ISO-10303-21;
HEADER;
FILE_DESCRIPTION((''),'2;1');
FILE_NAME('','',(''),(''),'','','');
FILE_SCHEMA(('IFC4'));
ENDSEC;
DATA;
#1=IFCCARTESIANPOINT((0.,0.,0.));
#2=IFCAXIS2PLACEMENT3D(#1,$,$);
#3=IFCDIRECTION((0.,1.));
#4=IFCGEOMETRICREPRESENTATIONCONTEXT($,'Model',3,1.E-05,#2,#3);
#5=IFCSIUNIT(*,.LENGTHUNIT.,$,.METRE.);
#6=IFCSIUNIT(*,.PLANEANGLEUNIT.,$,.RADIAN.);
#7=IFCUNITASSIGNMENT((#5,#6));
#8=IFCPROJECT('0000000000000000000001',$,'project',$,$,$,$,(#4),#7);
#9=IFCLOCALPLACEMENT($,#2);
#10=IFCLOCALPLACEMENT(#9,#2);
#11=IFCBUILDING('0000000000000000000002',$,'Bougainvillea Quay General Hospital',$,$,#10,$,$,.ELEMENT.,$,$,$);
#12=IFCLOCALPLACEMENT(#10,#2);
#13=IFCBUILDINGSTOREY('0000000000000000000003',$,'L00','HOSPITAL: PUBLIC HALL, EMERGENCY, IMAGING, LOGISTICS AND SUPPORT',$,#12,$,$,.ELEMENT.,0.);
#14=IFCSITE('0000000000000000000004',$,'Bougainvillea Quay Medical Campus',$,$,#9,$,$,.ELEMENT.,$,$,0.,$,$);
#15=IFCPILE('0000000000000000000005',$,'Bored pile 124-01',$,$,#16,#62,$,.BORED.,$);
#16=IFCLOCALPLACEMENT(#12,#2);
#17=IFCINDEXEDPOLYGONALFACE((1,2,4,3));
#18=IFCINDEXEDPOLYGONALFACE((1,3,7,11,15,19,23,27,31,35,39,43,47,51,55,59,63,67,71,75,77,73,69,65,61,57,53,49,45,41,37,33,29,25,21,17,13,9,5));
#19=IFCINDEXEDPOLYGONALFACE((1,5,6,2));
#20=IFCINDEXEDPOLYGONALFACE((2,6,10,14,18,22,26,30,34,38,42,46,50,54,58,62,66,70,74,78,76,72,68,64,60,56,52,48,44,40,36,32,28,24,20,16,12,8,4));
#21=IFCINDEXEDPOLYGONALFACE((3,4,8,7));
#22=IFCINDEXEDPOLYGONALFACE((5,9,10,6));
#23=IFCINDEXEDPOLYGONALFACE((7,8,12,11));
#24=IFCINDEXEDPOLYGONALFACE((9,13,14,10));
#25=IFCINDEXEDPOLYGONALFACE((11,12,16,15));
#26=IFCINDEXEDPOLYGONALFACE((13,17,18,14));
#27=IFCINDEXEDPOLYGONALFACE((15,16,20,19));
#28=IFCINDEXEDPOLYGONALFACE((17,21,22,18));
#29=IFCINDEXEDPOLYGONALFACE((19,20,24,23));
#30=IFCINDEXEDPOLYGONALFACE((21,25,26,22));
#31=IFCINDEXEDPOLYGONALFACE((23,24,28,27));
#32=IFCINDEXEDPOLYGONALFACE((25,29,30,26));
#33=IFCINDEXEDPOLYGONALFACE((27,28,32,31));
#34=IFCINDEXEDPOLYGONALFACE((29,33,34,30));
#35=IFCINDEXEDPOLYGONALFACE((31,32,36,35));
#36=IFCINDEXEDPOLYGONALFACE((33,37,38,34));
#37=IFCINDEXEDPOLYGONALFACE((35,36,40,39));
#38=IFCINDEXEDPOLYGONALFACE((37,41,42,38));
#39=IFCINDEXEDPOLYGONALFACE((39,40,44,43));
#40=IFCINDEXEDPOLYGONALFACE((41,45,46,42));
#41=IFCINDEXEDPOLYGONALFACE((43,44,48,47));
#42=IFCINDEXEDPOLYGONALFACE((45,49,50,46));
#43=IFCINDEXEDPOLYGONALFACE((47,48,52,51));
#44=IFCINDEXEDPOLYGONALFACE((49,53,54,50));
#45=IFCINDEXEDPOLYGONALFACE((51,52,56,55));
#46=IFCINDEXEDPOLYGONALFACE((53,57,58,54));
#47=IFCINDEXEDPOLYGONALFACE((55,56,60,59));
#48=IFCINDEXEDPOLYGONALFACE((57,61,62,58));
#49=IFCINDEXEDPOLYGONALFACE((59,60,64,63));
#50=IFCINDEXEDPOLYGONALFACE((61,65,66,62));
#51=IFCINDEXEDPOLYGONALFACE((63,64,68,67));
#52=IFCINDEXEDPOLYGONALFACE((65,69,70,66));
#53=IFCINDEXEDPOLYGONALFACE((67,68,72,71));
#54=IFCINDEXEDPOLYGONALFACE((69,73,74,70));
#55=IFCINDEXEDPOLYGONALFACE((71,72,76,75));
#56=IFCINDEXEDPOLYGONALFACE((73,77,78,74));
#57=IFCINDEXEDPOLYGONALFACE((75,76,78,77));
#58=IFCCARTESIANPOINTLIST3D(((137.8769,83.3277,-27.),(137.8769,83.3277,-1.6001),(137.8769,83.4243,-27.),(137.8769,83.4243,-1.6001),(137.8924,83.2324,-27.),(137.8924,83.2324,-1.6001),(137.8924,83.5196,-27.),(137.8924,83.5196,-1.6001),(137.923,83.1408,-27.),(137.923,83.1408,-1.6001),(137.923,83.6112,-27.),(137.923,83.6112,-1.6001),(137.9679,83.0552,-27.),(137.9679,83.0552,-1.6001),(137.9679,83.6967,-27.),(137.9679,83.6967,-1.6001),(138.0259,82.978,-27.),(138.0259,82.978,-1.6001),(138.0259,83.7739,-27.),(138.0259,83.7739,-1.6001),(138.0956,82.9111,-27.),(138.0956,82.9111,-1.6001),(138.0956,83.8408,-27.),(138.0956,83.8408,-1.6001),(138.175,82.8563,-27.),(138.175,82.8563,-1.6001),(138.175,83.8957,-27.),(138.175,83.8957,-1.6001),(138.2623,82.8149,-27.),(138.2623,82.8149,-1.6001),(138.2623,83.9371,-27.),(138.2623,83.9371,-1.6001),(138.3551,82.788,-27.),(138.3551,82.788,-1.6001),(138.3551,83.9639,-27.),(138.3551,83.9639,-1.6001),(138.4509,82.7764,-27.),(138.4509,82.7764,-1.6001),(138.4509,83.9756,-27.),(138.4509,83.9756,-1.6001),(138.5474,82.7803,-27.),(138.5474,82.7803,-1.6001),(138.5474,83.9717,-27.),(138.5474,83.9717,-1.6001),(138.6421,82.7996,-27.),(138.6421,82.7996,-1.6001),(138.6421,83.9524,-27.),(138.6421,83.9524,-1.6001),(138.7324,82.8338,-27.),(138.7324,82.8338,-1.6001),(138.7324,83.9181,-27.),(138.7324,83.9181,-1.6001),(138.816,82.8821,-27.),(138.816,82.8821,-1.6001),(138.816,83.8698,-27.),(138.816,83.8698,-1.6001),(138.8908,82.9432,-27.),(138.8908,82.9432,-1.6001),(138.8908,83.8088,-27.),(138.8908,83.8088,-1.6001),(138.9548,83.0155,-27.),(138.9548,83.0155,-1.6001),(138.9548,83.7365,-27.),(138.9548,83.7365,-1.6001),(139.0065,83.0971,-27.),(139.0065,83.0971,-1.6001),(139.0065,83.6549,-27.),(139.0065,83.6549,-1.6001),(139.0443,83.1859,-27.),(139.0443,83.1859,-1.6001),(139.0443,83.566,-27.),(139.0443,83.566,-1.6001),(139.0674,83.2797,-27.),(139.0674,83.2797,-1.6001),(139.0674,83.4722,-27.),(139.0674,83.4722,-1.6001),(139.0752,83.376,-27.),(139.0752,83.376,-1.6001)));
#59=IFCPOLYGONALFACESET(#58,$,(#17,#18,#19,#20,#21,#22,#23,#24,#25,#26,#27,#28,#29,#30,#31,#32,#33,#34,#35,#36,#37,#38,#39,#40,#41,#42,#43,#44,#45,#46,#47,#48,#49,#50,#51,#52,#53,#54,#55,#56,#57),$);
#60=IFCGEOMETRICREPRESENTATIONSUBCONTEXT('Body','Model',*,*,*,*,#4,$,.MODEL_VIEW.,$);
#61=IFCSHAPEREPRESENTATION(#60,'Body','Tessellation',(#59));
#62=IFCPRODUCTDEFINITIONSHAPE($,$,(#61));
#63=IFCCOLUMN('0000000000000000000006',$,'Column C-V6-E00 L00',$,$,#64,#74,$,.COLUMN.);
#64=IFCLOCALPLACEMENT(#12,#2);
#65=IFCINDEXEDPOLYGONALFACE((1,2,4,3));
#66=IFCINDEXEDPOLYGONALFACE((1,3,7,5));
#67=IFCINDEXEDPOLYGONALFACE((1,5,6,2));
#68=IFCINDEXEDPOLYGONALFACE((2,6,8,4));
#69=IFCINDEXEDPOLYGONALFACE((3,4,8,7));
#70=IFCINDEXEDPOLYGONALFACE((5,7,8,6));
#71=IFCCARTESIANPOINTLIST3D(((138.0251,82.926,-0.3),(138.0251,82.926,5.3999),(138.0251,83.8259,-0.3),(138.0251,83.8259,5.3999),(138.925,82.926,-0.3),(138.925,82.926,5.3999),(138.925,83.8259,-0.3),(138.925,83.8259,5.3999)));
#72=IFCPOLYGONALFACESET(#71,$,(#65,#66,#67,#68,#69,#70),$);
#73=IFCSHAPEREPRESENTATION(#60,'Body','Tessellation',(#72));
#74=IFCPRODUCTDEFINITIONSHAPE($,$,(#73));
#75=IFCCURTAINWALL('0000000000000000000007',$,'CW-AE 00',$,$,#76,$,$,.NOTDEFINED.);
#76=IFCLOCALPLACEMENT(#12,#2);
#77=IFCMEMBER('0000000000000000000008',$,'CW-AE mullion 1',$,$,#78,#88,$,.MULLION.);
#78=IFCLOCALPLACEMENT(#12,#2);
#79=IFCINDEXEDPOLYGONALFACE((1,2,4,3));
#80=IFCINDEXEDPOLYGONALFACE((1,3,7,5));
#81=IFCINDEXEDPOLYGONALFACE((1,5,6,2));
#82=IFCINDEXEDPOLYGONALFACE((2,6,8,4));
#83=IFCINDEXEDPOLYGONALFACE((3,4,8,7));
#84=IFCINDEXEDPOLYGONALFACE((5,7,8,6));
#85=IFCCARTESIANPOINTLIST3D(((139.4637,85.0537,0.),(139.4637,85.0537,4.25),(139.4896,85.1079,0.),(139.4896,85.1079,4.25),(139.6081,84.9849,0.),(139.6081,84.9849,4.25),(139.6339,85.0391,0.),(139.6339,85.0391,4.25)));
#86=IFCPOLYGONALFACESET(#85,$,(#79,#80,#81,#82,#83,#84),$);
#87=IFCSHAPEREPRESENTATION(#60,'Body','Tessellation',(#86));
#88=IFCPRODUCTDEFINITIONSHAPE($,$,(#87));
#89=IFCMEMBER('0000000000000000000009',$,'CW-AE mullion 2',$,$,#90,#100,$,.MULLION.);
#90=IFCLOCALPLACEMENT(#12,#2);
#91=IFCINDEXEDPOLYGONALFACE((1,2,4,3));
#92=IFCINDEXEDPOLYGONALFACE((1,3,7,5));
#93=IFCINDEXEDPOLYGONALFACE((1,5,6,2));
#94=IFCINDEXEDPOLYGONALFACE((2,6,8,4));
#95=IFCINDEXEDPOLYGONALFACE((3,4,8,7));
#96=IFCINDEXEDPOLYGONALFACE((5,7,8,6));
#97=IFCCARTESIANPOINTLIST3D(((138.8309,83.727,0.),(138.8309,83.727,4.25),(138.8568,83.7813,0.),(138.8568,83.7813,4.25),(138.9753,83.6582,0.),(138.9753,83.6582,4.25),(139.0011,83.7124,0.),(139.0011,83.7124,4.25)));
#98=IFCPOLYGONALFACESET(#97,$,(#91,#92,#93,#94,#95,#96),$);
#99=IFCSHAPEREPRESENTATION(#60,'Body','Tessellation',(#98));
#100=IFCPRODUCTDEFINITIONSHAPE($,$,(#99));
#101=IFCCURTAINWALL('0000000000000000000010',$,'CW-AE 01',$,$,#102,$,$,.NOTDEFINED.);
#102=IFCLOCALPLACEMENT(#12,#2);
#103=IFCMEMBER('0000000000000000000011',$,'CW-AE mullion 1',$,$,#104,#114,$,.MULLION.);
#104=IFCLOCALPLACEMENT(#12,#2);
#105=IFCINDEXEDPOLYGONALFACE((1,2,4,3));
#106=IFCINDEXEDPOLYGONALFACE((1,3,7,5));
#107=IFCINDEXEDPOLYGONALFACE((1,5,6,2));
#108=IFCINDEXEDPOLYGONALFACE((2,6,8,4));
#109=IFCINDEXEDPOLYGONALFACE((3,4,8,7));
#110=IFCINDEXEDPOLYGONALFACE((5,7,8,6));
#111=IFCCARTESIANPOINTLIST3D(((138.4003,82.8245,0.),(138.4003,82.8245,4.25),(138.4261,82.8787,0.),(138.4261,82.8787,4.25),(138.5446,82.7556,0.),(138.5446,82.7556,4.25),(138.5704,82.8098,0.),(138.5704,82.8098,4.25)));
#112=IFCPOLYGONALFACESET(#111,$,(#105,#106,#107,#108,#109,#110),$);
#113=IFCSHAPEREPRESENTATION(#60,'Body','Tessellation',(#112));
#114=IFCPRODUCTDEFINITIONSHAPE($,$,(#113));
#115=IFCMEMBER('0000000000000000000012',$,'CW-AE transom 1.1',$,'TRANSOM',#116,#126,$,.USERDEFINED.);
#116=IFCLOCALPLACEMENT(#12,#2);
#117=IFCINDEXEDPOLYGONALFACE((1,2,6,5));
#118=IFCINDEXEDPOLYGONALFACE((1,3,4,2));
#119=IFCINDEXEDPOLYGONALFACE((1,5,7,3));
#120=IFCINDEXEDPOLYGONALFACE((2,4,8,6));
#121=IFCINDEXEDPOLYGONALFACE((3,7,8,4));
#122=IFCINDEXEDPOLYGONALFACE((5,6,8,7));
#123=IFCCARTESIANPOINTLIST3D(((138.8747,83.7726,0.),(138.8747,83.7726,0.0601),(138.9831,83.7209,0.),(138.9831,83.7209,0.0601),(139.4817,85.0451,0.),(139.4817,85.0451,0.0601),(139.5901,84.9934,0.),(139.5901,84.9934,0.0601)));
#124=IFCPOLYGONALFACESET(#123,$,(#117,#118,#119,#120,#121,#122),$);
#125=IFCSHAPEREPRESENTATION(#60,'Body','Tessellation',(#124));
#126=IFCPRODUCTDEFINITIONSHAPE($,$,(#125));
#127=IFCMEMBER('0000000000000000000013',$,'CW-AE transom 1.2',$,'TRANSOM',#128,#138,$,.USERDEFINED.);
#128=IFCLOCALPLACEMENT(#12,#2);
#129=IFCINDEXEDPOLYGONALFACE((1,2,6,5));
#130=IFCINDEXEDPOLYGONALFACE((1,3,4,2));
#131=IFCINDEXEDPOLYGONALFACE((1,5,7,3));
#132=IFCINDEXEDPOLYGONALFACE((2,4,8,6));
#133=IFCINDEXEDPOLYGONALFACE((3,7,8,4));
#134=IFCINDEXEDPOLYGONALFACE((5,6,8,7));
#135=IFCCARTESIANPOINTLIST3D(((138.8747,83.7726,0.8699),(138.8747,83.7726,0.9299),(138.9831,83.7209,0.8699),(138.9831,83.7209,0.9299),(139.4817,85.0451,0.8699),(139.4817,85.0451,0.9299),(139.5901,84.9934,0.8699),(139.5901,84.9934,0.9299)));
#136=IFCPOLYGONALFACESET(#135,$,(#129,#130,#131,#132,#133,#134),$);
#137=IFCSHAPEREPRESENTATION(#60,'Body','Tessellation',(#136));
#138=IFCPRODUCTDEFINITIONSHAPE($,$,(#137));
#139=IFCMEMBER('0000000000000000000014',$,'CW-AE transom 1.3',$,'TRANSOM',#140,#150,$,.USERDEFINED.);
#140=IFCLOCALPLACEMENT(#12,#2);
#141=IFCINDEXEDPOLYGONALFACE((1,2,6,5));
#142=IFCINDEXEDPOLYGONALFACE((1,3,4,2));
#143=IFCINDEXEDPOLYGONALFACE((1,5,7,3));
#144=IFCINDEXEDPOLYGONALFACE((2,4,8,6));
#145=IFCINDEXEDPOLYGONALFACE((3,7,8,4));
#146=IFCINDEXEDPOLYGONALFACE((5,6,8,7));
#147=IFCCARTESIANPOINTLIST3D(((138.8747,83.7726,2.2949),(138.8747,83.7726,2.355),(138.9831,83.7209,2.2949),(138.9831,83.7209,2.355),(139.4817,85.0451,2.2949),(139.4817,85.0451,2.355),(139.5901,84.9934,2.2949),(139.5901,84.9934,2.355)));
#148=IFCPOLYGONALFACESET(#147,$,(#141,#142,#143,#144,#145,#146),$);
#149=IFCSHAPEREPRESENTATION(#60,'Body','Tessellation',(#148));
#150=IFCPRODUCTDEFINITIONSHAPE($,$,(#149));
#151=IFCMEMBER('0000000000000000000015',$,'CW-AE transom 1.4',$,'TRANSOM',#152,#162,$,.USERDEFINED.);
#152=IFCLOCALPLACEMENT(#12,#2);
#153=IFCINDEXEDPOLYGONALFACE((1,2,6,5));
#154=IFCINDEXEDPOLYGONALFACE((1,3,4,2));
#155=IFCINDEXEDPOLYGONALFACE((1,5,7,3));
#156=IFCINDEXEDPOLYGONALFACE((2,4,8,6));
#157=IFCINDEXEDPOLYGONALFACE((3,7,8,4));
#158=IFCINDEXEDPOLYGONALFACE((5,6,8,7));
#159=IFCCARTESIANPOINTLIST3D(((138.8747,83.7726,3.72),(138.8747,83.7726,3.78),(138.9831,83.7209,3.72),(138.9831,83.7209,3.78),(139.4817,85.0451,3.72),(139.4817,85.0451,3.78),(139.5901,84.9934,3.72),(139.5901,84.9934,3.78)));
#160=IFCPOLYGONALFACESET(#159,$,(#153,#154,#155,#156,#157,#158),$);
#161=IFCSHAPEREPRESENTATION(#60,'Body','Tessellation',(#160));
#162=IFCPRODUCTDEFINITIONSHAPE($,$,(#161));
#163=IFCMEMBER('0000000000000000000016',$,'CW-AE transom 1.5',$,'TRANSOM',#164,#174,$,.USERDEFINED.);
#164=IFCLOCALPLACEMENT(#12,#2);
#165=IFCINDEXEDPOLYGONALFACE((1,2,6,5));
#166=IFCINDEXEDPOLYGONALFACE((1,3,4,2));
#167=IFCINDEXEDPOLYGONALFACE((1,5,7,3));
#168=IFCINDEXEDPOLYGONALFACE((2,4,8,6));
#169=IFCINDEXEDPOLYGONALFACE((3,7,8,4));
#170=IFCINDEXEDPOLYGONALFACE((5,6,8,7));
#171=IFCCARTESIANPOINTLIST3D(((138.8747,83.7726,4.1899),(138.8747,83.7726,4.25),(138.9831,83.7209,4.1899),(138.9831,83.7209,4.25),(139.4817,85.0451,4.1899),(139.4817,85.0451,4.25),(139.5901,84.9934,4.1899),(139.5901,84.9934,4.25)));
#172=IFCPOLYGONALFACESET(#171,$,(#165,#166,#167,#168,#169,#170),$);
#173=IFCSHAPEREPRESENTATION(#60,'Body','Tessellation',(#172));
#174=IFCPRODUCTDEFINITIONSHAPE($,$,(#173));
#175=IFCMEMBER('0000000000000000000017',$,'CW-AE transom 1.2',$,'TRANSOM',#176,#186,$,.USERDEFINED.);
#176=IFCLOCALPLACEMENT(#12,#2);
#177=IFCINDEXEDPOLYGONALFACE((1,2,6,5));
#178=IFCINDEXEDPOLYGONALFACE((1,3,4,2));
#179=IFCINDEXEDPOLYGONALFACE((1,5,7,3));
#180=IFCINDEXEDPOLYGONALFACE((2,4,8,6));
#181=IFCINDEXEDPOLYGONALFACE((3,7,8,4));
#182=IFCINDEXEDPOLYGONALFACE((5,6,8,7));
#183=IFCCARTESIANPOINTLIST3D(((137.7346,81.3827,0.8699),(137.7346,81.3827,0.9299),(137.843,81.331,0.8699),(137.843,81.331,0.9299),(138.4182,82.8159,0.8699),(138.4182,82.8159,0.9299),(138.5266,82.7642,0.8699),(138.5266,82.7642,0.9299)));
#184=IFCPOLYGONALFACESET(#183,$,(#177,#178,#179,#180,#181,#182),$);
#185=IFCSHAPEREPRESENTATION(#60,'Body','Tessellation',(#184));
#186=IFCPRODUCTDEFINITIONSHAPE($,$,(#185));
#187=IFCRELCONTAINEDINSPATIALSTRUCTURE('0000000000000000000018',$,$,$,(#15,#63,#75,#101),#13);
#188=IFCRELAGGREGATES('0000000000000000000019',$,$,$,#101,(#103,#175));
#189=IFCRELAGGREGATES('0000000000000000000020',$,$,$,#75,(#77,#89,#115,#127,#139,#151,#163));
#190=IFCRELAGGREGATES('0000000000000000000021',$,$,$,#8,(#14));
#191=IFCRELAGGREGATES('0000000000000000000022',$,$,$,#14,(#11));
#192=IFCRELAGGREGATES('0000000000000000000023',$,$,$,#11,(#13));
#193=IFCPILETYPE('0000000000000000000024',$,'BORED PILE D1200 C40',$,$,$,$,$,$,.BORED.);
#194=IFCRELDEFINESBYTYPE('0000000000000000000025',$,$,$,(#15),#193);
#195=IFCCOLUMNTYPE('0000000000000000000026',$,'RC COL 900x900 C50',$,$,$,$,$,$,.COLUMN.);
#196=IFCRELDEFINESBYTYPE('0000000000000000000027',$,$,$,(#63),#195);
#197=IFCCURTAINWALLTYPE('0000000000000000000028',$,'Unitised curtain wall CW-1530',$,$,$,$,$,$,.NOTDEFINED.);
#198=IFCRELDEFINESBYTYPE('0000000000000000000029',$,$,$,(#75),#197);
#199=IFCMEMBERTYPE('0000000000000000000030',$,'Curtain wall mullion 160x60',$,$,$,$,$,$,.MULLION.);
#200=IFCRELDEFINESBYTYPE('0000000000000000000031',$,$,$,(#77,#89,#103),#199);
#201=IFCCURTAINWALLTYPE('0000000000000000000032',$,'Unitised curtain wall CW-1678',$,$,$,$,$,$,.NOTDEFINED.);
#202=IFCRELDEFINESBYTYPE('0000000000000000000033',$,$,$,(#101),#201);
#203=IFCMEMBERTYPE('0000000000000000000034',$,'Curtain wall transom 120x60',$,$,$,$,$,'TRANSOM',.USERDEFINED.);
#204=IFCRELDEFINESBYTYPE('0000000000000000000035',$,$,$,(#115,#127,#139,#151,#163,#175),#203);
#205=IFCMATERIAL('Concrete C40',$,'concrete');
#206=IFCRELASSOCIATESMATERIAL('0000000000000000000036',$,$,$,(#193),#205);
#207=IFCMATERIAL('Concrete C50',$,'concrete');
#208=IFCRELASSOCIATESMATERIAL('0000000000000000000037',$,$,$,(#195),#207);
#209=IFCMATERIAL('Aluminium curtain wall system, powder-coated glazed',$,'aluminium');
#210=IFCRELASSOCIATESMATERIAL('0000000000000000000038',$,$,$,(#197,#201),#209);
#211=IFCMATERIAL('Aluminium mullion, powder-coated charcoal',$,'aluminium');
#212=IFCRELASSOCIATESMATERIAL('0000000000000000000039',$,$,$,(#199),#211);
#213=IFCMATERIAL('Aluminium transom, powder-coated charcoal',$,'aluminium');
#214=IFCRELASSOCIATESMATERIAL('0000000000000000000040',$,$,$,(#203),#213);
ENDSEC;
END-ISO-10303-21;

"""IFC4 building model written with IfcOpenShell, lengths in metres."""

from ifc_helpers import new_model, si_unit, direction, frame, origin, origin_2d, place, context, subcontext, project, spatial, rectangle, circle, extrude, material, material_profile, profile_set, type_object, element, aggregate, save


model = new_model("IFC4")

# Units and contexts
model_context = context("Model", 3, precision=1e-05, world=origin(), true_north=direction((0.0, 1.0)))
body_context = subcontext(model_context, "Body", "Model", "MODEL_VIEW")
ifc_project = project(units=[si_unit("LENGTHUNIT", "METRE"), si_unit("PLANEANGLEUNIT", "RADIAN")], contexts=[model_context])

# Site, building, storey
site_placement = place(None, origin())
site = spatial("IfcSite", under=ifc_project, at=site_placement, Name="Bougainvillea Quay Medical Campus", CompositionType="ELEMENT", RefElevation=0.0)
building_placement = place(site_placement, origin())
building = spatial("IfcBuilding", under=site, at=building_placement, Name="Bougainvillea Quay General Hospital", CompositionType="ELEMENT")
storey_placement = place(building_placement, origin())
storey = spatial("IfcBuildingStorey", under=building, at=storey_placement, Name="L00", Description="HOSPITAL: PUBLIC HALL, EMERGENCY, IMAGING, LOGISTICS AND SUPPORT", CompositionType="ELEMENT", Elevation=0.0)

# Pile
ifc_material_1 = material(Name="Concrete C40", Category="concrete")
ifc_material_profile_1 = material_profile(ifc_material_1, circle(Radius=0.6001, at=origin_2d()))
ifc_profile_set_1 = profile_set([ifc_material_profile_1], Name="Concrete C40")
pile_type = type_object("IfcPileType", Name="BORED PILE D1200 C40", PredefinedType="BORED", material=ifc_profile_set_1)
pile_placement = place(storey_placement, frame((138.4751, 83.376, -1.6001), z_axis=(0.0, 0.0, -1.0), x_axis=(1.0, 0.0, 0.0)))
element("IfcPile", 1, at=pile_placement, inside=storey, type_object=pile_type, Name="Bored pile 124-01", PredefinedType="BORED", context=body_context, shape_type="SweptSolid", body=[
    extrude(circle(Radius=0.6001, at=origin_2d()), origin(), (0.0, 0.0, 1.0), 25.3999),
])

# Column
ifc_material_2 = material(Name="Concrete C50", Category="concrete")
ifc_material_profile_2 = material_profile(ifc_material_2, rectangle(XDim=0.8999, YDim=0.8999, at=origin_2d()))
ifc_profile_set_2 = profile_set([ifc_material_profile_2], Name="Concrete C50")
column_type = type_object("IfcColumnType", Name="RC COL 900x900 C50", PredefinedType="COLUMN", material=ifc_profile_set_2)
column_placement = place(storey_placement, frame((138.4751, 83.376, -0.3), z_axis=(0.0, 0.0, 1.0), x_axis=(1.0, 0.0, 0.0)))
element("IfcColumn", 2, at=column_placement, inside=storey, type_object=column_type, Name="Column C-V6-E00 L00", PredefinedType="COLUMN", context=body_context, shape_type="SweptSolid", body=[
    extrude(rectangle(XDim=0.8999, YDim=0.8999, at=origin_2d()), origin(), (0.0, 0.0, 1.0), 5.7),
])

# Curtain wall, members
ifc_material_3 = material(Name="Aluminium curtain wall system, powder-coated glazed", Category="aluminium")
curtain_wall_type_1 = type_object("IfcCurtainWallType", Name="Unitised curtain wall CW-1530", PredefinedType="NOTDEFINED", material=ifc_material_3)
curtain_wall_1_placement = place(storey_placement, origin())
curtain_wall_1 = element("IfcCurtainWall", 3, at=curtain_wall_1_placement, inside=storey, type_object=curtain_wall_type_1, Name="CW-AE 00", PredefinedType="NOTDEFINED")
ifc_material_4 = material(Name="Aluminium mullion, powder-coated charcoal", Category="aluminium")
ifc_material_profile_3 = material_profile(ifc_material_4, rectangle(XDim=0.1599, YDim=0.0601, at=origin_2d()))
ifc_profile_set_3 = profile_set([ifc_material_profile_3], Name="Aluminium mullion, powder-coated charcoal")
member_type_1 = type_object("IfcMemberType", Name="Curtain wall mullion 160x60", PredefinedType="MULLION", material=ifc_profile_set_3)
member_1_placement = place(storey_placement, frame((139.5488, 85.0464, 0.0), z_axis=(0.0, 0.0, 1.0), x_axis=(0.902576, -0.43053, 0.0)))
member_1 = element("IfcMember", 4, at=member_1_placement, type_object=member_type_1, Name="CW-AE mullion 1", PredefinedType="MULLION", context=body_context, shape_type="SweptSolid", body=[
    extrude(rectangle(XDim=0.1599, YDim=0.0601, at=origin_2d()), origin(), (0.0, 0.0, 1.0), 4.25),
])
member_2_placement = place(storey_placement, frame((138.916, 83.7197, 0.0), z_axis=(0.0, 0.0, 1.0), x_axis=(0.902576, -0.43053, 0.0)))
member_2 = element("IfcMember", 5, at=member_2_placement, type_object=member_type_1, Name="CW-AE mullion 2", PredefinedType="MULLION", context=body_context, shape_type="SweptSolid", body=[
    extrude(rectangle(XDim=0.1599, YDim=0.0601, at=origin_2d()), origin(), (0.0, 0.0, 1.0), 4.25),
])

# Curtain wall, member
curtain_wall_type_2 = type_object("IfcCurtainWallType", Name="Unitised curtain wall CW-1678", PredefinedType="NOTDEFINED", material=ifc_material_3)
curtain_wall_2_placement = place(storey_placement, origin())
curtain_wall_2 = element("IfcCurtainWall", 6, at=curtain_wall_2_placement, inside=storey, type_object=curtain_wall_type_2, Name="CW-AE 01", PredefinedType="NOTDEFINED")
member_3_placement = place(storey_placement, frame((138.4854, 82.8171, 0.0), z_axis=(0.0, 0.0, 1.0), x_axis=(0.902576, -0.43053, 0.0)))
member_3 = element("IfcMember", 7, at=member_3_placement, type_object=member_type_1, Name="CW-AE mullion 1", PredefinedType="MULLION", context=body_context, shape_type="SweptSolid", body=[
    extrude(rectangle(XDim=0.1599, YDim=0.0601, at=origin_2d()), origin(), (0.0, 0.0, 1.0), 4.25),
])

# Members
ifc_material_5 = material(Name="Aluminium transom, powder-coated charcoal", Category="aluminium")
ifc_material_profile_4 = material_profile(ifc_material_5, rectangle(XDim=0.1201, YDim=0.0601, at=origin_2d()))
ifc_profile_set_4 = profile_set([ifc_material_profile_4], Name="Aluminium transom, powder-coated charcoal")
member_type_2 = type_object("IfcMemberType", Name="Curtain wall transom 120x60", ElementType="TRANSOM", PredefinedType="USERDEFINED", material=ifc_profile_set_4)
member_4_placement = place(storey_placement, frame((139.5359, 85.0193, 0.03), z_axis=(-0.430512, -0.902585, 0.0), x_axis=(0.902585, -0.430512, 0.0)))
member_4 = element("IfcMember", 8, at=member_4_placement, type_object=member_type_2, Name="CW-AE transom 1.1", ObjectType="TRANSOM", PredefinedType="USERDEFINED", context=body_context, shape_type="SweptSolid", body=[
    extrude(rectangle(XDim=0.1201, YDim=0.0601, at=origin_2d()), origin(), (0.0, 0.0, 1.0), 1.4099),
])
member_5_placement = place(storey_placement, frame((139.5359, 85.0193, 0.8999), z_axis=(-0.430512, -0.902585, 0.0), x_axis=(0.902585, -0.430512, 0.0)))
member_5 = element("IfcMember", 9, at=member_5_placement, type_object=member_type_2, Name="CW-AE transom 1.2", ObjectType="TRANSOM", PredefinedType="USERDEFINED", context=body_context, shape_type="SweptSolid", body=[
    extrude(rectangle(XDim=0.1201, YDim=0.0601, at=origin_2d()), origin(), (0.0, 0.0, 1.0), 1.4099),
])
member_6_placement = place(storey_placement, frame((139.5359, 85.0193, 2.325), z_axis=(-0.430512, -0.902585, 0.0), x_axis=(0.902585, -0.430512, 0.0)))
member_6 = element("IfcMember", 10, at=member_6_placement, type_object=member_type_2, Name="CW-AE transom 1.3", ObjectType="TRANSOM", PredefinedType="USERDEFINED", context=body_context, shape_type="SweptSolid", body=[
    extrude(rectangle(XDim=0.1201, YDim=0.0601, at=origin_2d()), origin(), (0.0, 0.0, 1.0), 1.4099),
])
member_7_placement = place(storey_placement, frame((139.5359, 85.0193, 3.75), z_axis=(-0.430512, -0.902585, 0.0), x_axis=(0.902585, -0.430512, 0.0)))
member_7 = element("IfcMember", 11, at=member_7_placement, type_object=member_type_2, Name="CW-AE transom 1.4", ObjectType="TRANSOM", PredefinedType="USERDEFINED", context=body_context, shape_type="SweptSolid", body=[
    extrude(rectangle(XDim=0.1201, YDim=0.0601, at=origin_2d()), origin(), (0.0, 0.0, 1.0), 1.4099),
])
member_8_placement = place(storey_placement, frame((139.5359, 85.0193, 4.22), z_axis=(-0.430512, -0.902585, 0.0), x_axis=(0.902585, -0.430512, 0.0)))
member_8 = element("IfcMember", 12, at=member_8_placement, type_object=member_type_2, Name="CW-AE transom 1.5", ObjectType="TRANSOM", PredefinedType="USERDEFINED", context=body_context, shape_type="SweptSolid", body=[
    extrude(rectangle(XDim=0.1201, YDim=0.0601, at=origin_2d()), origin(), (0.0, 0.0, 1.0), 1.4099),
])
member_9_placement = place(storey_placement, frame((138.4724, 82.79, 0.8999), z_axis=(-0.43053, -0.902576, 0.0), x_axis=(0.902576, -0.43053, 0.0)))
member_9 = element("IfcMember", 13, at=member_9_placement, type_object=member_type_2, Name="CW-AE transom 1.2", ObjectType="TRANSOM", PredefinedType="USERDEFINED", context=body_context, shape_type="SweptSolid", body=[
    extrude(rectangle(XDim=0.1201, YDim=0.0601, at=origin_2d()), origin(), (0.0, 0.0, 1.0), 1.5879),
])
aggregate(curtain_wall_2, [member_3, member_9])

aggregate(curtain_wall_1, [member_1, member_2, member_4, member_5, member_6, member_7, member_8])

save(model, "model.ifc")
